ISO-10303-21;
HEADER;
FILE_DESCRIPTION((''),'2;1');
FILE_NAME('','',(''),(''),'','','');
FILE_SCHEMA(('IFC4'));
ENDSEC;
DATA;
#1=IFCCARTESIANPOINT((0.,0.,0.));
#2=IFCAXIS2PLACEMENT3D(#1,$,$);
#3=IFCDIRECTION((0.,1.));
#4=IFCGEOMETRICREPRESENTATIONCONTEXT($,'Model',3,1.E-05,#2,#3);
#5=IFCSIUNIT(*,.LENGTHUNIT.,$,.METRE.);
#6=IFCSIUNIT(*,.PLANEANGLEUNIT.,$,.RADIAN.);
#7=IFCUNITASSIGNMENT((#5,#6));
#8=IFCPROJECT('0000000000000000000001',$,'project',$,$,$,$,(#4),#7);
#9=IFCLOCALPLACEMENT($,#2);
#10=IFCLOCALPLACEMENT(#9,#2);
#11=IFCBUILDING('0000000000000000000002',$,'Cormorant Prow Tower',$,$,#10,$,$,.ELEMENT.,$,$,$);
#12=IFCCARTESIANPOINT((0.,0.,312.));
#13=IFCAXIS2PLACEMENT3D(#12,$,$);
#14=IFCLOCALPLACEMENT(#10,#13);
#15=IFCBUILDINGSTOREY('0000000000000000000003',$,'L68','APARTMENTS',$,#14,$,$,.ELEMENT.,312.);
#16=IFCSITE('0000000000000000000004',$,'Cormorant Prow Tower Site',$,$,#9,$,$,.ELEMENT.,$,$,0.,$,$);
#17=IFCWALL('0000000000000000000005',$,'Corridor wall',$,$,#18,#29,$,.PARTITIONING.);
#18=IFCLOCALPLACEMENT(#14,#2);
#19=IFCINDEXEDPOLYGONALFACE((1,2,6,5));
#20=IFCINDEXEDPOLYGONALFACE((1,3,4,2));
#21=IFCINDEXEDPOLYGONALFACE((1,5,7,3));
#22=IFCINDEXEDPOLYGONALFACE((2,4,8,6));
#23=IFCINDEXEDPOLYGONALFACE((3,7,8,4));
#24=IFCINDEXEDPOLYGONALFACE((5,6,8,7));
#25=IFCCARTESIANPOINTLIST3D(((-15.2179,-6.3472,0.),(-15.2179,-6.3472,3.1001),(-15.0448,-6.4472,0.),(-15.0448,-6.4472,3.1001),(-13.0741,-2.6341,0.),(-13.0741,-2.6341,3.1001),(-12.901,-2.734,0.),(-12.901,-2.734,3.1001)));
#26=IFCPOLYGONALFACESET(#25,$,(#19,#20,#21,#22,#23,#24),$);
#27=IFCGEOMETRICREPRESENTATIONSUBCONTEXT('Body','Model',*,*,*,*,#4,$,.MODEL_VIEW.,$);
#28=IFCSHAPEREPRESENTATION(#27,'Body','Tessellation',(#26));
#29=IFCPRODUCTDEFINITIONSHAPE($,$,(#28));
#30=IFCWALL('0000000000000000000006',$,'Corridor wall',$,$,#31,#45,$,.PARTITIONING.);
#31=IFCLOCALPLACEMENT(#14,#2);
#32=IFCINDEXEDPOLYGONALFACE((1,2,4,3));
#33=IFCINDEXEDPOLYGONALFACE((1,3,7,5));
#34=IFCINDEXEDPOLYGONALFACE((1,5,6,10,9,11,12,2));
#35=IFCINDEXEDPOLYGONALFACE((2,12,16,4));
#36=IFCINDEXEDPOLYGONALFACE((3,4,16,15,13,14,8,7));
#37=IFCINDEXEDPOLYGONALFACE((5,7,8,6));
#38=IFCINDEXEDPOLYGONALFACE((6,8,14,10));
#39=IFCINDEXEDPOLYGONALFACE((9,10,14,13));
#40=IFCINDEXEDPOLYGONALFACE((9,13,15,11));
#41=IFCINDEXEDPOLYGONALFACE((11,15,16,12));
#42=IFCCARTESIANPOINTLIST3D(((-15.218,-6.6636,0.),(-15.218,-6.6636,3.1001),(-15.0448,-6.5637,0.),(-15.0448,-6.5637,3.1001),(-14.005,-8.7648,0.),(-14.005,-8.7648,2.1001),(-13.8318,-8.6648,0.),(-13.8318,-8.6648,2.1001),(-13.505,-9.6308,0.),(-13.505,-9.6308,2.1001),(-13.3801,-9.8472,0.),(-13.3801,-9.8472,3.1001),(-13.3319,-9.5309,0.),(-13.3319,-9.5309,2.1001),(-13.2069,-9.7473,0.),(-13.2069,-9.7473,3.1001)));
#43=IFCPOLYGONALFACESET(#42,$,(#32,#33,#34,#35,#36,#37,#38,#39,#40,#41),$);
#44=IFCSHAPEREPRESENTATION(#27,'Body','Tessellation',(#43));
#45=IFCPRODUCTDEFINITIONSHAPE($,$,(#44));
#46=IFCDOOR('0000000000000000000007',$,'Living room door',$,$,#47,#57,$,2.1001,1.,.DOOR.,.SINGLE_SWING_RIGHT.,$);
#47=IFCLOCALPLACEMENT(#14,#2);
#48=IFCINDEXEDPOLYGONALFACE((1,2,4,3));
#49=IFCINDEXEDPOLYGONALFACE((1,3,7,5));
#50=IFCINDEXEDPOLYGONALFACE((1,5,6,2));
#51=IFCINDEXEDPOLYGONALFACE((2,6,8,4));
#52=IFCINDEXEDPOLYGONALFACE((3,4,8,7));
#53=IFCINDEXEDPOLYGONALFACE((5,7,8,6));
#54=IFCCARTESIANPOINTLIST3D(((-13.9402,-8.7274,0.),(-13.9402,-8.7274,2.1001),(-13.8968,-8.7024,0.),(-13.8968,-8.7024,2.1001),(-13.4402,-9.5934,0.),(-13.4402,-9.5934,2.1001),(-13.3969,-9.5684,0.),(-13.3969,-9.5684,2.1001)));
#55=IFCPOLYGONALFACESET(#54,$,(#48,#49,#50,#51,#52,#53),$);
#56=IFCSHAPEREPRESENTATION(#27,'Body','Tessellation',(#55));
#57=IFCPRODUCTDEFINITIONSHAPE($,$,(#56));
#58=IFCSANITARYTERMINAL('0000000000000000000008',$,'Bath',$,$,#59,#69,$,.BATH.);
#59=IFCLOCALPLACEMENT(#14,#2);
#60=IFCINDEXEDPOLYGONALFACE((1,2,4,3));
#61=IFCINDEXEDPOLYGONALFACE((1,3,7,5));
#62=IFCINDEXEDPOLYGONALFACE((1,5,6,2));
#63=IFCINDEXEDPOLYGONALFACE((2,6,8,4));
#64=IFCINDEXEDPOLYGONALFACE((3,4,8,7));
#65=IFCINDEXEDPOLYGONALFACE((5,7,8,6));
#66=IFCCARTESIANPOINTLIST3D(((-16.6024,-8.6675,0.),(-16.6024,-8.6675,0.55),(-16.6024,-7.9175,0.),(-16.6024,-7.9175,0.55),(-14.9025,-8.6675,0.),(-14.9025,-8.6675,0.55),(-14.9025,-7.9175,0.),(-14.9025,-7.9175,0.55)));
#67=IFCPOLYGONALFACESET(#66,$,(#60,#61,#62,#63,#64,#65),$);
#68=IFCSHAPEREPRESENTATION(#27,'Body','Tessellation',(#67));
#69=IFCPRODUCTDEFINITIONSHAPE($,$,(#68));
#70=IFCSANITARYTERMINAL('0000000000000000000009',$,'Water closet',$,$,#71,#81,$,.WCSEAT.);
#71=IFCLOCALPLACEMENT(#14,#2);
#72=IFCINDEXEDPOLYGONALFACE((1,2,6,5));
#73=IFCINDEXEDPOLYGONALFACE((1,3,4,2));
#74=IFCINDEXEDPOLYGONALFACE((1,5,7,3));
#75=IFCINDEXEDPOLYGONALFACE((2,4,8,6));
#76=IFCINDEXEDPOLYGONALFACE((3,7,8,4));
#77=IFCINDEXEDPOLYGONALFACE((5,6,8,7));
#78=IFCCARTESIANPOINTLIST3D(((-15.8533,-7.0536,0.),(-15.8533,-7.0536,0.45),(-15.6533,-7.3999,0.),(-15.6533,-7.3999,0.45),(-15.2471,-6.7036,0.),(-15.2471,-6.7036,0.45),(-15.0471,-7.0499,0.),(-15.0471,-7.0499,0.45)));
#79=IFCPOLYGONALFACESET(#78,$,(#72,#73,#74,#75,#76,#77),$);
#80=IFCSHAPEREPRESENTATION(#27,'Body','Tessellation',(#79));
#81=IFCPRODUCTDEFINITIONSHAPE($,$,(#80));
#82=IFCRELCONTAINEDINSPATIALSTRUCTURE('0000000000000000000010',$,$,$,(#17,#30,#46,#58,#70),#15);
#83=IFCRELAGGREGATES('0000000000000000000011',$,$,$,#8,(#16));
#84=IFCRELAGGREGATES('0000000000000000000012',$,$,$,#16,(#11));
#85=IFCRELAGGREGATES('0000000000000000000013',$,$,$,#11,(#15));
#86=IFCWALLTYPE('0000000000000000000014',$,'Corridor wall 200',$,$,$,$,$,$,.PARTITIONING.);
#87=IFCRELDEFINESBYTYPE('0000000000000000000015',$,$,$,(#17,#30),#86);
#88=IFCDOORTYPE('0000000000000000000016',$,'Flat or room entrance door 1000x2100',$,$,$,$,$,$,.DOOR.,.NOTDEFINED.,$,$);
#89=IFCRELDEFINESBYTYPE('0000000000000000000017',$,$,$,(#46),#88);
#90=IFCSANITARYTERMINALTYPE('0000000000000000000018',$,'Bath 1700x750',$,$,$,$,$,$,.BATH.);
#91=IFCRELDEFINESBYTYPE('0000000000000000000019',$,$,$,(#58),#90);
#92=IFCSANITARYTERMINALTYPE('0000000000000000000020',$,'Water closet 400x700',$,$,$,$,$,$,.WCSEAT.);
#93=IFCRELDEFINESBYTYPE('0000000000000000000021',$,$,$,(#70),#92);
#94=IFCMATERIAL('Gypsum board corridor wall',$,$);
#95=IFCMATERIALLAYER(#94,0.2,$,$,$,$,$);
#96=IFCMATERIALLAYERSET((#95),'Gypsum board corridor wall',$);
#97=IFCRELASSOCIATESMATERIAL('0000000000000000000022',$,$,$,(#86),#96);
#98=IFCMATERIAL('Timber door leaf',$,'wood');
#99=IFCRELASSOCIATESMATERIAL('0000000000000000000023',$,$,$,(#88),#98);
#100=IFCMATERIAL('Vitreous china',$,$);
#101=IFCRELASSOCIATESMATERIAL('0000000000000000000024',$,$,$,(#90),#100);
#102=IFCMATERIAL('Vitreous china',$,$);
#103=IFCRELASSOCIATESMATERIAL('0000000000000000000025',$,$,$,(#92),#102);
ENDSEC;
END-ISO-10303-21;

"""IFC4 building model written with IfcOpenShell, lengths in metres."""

from ifc_helpers import new_model, si_unit, direction, frame, frame_2d, origin, origin_2d, place, context, subcontext, project, spatial, rectangle, extrude, material, layer, layer_set, type_object, element, fill, save


model = new_model("IFC4")

# Units and contexts
model_context = context("Model", 3, precision=1e-05, world=origin(), true_north=direction((0.0, 1.0)))
body_context = subcontext(model_context, "Body", "Model", "MODEL_VIEW")
ifc_project = project(units=[si_unit("LENGTHUNIT", "METRE"), si_unit("PLANEANGLEUNIT", "RADIAN")], contexts=[model_context])

# Site, building, storey
site_placement = place(None, origin())
site = spatial("IfcSite", under=ifc_project, at=site_placement, Name="Cormorant Prow Tower Site", CompositionType="ELEMENT", RefElevation=0.0)
building_placement = place(site_placement, origin())
building = spatial("IfcBuilding", under=site, at=building_placement, Name="Cormorant Prow Tower", CompositionType="ELEMENT")
storey_placement = place(building_placement, frame((0.0, 0.0, 312.0)))
storey = spatial("IfcBuildingStorey", under=building, at=storey_placement, Name="L68", Description="APARTMENTS", CompositionType="ELEMENT", Elevation=312.0)

# Shared definitions
ifc_material_1 = material(Name="Gypsum board corridor wall")
ifc_layer_1 = layer(ifc_material_1, 0.2)
ifc_layer_set_1 = layer_set([ifc_layer_1], Name="Gypsum board corridor wall")
wall_type_1 = type_object("IfcWallType", Name="Corridor wall 200", PredefinedType="PARTITIONING", material=ifc_layer_set_1)
ifc_material_2 = material(Name="Timber door leaf", Category="wood")
door_type_1 = type_object("IfcDoorType", Name="Flat or room entrance door 1000x2100", OperationType="NOTDEFINED", PredefinedType="DOOR", material=ifc_material_2)

# Wall
wall_1_placement = place(storey_placement, frame((-15.1313, -6.3972, 0.0), z_axis=(0.0, 0.0, 1.0), x_axis=(0.500003, 0.866023, 0.0)))
element("IfcWall", 1, at=wall_1_placement, inside=storey, type_object=wall_type_1, Name="Corridor wall", PredefinedType="PARTITIONING", context=body_context, shape_type="SweptSolid", body=[
    extrude(rectangle(XDim=4.2876, YDim=0.2, at=frame_2d((2.1438, 0.0))), origin(), (0.0, 0.0, 1.0), 3.1001),
])

# Wall, opening, door
wall_2_placement = place(storey_placement, frame((-15.1313, -6.6138, 0.0), z_axis=(0.0, 0.0, 1.0), x_axis=(0.499968, -0.866044, 0.0)))
wall_2 = element("IfcWall", 2, at=wall_2_placement, inside=storey, type_object=wall_type_1, Name="Corridor wall", PredefinedType="PARTITIONING", context=body_context, shape_type="SweptSolid", body=[
    extrude(rectangle(XDim=3.676, YDim=0.2, at=frame_2d((1.8379, 0.0))), origin(), (0.0, 0.0, 1.0), 3.1001),
])
opening_1_placement = place(wall_2_placement, frame((2.426, 0.0, 0.0)))
opening_1 = element("IfcOpeningElement", 3, at=opening_1_placement, cuts=wall_2, PredefinedType="OPENING", context=body_context, shape_type="SweptSolid", body=[
    extrude(rectangle(XDim=1.0, YDim=2.1001, at=frame_2d((0.5, 1.05))), frame((0.0, 0.1099, 0.0), z_axis=(0.0, -1.0, 0.0), x_axis=(1.0, 0.0, 0.0)), (0.0, 0.0, 1.0), 0.22),
])
door_1_placement = place(opening_1_placement, origin())
door_1 = element("IfcDoor", 4, at=door_1_placement, inside=storey, type_object=door_type_1, Name="Living room door", OperationType="SINGLE_SWING_RIGHT", OverallHeight=2.1001, OverallWidth=1.0, PredefinedType="DOOR", context=body_context, shape_type="SweptSolid", body=[
    extrude(rectangle(XDim=1.0, YDim=2.1001, at=frame_2d((0.5, 1.05))), frame((0.0, 0.0249, 0.0), z_axis=(0.0, -1.0, 0.0), x_axis=(1.0, 0.0, 0.0)), (0.0, 0.0, 1.0), 0.05),
])
fill(opening_1, door_1)

# Sanitary terminals
ifc_material_3 = material(Name="Vitreous china")
sanitary_terminal_type_1 = type_object("IfcSanitaryTerminalType", Name="Bath 1700x750", PredefinedType="BATH", material=ifc_material_3)
sanitary_terminal_1_placement = place(storey_placement, frame((-15.7524, -8.2925, 0.0), z_axis=(0.0, 0.0, 1.0), x_axis=(1.0, 0.0, 0.0)))
element("IfcSanitaryTerminal", 5, at=sanitary_terminal_1_placement, inside=storey, type_object=sanitary_terminal_type_1, Name="Bath", PredefinedType="BATH", context=body_context, shape_type="SweptSolid", body=[
    extrude(rectangle(XDim=1.7, YDim=0.75, at=origin_2d()), origin(), (0.0, 0.0, 1.0), 0.55),
])
ifc_material_4 = material(Name="Vitreous china")
sanitary_terminal_type_2 = type_object("IfcSanitaryTerminalType", Name="Water closet 400x700", PredefinedType="WCSEAT", material=ifc_material_4)
sanitary_terminal_2_placement = place(storey_placement, frame((-15.4502, -7.0518, 0.0), z_axis=(0.0, 0.0, 1.0), x_axis=(0.5, -0.866025, 0.0)))
element("IfcSanitaryTerminal", 6, at=sanitary_terminal_2_placement, inside=storey, type_object=sanitary_terminal_type_2, Name="Water closet", PredefinedType="WCSEAT", context=body_context, shape_type="SweptSolid", body=[
    extrude(rectangle(XDim=0.3999, YDim=0.7, at=origin_2d()), origin(), (0.0, 0.0, 1.0), 0.45),
])

save(model, "model.ifc")
